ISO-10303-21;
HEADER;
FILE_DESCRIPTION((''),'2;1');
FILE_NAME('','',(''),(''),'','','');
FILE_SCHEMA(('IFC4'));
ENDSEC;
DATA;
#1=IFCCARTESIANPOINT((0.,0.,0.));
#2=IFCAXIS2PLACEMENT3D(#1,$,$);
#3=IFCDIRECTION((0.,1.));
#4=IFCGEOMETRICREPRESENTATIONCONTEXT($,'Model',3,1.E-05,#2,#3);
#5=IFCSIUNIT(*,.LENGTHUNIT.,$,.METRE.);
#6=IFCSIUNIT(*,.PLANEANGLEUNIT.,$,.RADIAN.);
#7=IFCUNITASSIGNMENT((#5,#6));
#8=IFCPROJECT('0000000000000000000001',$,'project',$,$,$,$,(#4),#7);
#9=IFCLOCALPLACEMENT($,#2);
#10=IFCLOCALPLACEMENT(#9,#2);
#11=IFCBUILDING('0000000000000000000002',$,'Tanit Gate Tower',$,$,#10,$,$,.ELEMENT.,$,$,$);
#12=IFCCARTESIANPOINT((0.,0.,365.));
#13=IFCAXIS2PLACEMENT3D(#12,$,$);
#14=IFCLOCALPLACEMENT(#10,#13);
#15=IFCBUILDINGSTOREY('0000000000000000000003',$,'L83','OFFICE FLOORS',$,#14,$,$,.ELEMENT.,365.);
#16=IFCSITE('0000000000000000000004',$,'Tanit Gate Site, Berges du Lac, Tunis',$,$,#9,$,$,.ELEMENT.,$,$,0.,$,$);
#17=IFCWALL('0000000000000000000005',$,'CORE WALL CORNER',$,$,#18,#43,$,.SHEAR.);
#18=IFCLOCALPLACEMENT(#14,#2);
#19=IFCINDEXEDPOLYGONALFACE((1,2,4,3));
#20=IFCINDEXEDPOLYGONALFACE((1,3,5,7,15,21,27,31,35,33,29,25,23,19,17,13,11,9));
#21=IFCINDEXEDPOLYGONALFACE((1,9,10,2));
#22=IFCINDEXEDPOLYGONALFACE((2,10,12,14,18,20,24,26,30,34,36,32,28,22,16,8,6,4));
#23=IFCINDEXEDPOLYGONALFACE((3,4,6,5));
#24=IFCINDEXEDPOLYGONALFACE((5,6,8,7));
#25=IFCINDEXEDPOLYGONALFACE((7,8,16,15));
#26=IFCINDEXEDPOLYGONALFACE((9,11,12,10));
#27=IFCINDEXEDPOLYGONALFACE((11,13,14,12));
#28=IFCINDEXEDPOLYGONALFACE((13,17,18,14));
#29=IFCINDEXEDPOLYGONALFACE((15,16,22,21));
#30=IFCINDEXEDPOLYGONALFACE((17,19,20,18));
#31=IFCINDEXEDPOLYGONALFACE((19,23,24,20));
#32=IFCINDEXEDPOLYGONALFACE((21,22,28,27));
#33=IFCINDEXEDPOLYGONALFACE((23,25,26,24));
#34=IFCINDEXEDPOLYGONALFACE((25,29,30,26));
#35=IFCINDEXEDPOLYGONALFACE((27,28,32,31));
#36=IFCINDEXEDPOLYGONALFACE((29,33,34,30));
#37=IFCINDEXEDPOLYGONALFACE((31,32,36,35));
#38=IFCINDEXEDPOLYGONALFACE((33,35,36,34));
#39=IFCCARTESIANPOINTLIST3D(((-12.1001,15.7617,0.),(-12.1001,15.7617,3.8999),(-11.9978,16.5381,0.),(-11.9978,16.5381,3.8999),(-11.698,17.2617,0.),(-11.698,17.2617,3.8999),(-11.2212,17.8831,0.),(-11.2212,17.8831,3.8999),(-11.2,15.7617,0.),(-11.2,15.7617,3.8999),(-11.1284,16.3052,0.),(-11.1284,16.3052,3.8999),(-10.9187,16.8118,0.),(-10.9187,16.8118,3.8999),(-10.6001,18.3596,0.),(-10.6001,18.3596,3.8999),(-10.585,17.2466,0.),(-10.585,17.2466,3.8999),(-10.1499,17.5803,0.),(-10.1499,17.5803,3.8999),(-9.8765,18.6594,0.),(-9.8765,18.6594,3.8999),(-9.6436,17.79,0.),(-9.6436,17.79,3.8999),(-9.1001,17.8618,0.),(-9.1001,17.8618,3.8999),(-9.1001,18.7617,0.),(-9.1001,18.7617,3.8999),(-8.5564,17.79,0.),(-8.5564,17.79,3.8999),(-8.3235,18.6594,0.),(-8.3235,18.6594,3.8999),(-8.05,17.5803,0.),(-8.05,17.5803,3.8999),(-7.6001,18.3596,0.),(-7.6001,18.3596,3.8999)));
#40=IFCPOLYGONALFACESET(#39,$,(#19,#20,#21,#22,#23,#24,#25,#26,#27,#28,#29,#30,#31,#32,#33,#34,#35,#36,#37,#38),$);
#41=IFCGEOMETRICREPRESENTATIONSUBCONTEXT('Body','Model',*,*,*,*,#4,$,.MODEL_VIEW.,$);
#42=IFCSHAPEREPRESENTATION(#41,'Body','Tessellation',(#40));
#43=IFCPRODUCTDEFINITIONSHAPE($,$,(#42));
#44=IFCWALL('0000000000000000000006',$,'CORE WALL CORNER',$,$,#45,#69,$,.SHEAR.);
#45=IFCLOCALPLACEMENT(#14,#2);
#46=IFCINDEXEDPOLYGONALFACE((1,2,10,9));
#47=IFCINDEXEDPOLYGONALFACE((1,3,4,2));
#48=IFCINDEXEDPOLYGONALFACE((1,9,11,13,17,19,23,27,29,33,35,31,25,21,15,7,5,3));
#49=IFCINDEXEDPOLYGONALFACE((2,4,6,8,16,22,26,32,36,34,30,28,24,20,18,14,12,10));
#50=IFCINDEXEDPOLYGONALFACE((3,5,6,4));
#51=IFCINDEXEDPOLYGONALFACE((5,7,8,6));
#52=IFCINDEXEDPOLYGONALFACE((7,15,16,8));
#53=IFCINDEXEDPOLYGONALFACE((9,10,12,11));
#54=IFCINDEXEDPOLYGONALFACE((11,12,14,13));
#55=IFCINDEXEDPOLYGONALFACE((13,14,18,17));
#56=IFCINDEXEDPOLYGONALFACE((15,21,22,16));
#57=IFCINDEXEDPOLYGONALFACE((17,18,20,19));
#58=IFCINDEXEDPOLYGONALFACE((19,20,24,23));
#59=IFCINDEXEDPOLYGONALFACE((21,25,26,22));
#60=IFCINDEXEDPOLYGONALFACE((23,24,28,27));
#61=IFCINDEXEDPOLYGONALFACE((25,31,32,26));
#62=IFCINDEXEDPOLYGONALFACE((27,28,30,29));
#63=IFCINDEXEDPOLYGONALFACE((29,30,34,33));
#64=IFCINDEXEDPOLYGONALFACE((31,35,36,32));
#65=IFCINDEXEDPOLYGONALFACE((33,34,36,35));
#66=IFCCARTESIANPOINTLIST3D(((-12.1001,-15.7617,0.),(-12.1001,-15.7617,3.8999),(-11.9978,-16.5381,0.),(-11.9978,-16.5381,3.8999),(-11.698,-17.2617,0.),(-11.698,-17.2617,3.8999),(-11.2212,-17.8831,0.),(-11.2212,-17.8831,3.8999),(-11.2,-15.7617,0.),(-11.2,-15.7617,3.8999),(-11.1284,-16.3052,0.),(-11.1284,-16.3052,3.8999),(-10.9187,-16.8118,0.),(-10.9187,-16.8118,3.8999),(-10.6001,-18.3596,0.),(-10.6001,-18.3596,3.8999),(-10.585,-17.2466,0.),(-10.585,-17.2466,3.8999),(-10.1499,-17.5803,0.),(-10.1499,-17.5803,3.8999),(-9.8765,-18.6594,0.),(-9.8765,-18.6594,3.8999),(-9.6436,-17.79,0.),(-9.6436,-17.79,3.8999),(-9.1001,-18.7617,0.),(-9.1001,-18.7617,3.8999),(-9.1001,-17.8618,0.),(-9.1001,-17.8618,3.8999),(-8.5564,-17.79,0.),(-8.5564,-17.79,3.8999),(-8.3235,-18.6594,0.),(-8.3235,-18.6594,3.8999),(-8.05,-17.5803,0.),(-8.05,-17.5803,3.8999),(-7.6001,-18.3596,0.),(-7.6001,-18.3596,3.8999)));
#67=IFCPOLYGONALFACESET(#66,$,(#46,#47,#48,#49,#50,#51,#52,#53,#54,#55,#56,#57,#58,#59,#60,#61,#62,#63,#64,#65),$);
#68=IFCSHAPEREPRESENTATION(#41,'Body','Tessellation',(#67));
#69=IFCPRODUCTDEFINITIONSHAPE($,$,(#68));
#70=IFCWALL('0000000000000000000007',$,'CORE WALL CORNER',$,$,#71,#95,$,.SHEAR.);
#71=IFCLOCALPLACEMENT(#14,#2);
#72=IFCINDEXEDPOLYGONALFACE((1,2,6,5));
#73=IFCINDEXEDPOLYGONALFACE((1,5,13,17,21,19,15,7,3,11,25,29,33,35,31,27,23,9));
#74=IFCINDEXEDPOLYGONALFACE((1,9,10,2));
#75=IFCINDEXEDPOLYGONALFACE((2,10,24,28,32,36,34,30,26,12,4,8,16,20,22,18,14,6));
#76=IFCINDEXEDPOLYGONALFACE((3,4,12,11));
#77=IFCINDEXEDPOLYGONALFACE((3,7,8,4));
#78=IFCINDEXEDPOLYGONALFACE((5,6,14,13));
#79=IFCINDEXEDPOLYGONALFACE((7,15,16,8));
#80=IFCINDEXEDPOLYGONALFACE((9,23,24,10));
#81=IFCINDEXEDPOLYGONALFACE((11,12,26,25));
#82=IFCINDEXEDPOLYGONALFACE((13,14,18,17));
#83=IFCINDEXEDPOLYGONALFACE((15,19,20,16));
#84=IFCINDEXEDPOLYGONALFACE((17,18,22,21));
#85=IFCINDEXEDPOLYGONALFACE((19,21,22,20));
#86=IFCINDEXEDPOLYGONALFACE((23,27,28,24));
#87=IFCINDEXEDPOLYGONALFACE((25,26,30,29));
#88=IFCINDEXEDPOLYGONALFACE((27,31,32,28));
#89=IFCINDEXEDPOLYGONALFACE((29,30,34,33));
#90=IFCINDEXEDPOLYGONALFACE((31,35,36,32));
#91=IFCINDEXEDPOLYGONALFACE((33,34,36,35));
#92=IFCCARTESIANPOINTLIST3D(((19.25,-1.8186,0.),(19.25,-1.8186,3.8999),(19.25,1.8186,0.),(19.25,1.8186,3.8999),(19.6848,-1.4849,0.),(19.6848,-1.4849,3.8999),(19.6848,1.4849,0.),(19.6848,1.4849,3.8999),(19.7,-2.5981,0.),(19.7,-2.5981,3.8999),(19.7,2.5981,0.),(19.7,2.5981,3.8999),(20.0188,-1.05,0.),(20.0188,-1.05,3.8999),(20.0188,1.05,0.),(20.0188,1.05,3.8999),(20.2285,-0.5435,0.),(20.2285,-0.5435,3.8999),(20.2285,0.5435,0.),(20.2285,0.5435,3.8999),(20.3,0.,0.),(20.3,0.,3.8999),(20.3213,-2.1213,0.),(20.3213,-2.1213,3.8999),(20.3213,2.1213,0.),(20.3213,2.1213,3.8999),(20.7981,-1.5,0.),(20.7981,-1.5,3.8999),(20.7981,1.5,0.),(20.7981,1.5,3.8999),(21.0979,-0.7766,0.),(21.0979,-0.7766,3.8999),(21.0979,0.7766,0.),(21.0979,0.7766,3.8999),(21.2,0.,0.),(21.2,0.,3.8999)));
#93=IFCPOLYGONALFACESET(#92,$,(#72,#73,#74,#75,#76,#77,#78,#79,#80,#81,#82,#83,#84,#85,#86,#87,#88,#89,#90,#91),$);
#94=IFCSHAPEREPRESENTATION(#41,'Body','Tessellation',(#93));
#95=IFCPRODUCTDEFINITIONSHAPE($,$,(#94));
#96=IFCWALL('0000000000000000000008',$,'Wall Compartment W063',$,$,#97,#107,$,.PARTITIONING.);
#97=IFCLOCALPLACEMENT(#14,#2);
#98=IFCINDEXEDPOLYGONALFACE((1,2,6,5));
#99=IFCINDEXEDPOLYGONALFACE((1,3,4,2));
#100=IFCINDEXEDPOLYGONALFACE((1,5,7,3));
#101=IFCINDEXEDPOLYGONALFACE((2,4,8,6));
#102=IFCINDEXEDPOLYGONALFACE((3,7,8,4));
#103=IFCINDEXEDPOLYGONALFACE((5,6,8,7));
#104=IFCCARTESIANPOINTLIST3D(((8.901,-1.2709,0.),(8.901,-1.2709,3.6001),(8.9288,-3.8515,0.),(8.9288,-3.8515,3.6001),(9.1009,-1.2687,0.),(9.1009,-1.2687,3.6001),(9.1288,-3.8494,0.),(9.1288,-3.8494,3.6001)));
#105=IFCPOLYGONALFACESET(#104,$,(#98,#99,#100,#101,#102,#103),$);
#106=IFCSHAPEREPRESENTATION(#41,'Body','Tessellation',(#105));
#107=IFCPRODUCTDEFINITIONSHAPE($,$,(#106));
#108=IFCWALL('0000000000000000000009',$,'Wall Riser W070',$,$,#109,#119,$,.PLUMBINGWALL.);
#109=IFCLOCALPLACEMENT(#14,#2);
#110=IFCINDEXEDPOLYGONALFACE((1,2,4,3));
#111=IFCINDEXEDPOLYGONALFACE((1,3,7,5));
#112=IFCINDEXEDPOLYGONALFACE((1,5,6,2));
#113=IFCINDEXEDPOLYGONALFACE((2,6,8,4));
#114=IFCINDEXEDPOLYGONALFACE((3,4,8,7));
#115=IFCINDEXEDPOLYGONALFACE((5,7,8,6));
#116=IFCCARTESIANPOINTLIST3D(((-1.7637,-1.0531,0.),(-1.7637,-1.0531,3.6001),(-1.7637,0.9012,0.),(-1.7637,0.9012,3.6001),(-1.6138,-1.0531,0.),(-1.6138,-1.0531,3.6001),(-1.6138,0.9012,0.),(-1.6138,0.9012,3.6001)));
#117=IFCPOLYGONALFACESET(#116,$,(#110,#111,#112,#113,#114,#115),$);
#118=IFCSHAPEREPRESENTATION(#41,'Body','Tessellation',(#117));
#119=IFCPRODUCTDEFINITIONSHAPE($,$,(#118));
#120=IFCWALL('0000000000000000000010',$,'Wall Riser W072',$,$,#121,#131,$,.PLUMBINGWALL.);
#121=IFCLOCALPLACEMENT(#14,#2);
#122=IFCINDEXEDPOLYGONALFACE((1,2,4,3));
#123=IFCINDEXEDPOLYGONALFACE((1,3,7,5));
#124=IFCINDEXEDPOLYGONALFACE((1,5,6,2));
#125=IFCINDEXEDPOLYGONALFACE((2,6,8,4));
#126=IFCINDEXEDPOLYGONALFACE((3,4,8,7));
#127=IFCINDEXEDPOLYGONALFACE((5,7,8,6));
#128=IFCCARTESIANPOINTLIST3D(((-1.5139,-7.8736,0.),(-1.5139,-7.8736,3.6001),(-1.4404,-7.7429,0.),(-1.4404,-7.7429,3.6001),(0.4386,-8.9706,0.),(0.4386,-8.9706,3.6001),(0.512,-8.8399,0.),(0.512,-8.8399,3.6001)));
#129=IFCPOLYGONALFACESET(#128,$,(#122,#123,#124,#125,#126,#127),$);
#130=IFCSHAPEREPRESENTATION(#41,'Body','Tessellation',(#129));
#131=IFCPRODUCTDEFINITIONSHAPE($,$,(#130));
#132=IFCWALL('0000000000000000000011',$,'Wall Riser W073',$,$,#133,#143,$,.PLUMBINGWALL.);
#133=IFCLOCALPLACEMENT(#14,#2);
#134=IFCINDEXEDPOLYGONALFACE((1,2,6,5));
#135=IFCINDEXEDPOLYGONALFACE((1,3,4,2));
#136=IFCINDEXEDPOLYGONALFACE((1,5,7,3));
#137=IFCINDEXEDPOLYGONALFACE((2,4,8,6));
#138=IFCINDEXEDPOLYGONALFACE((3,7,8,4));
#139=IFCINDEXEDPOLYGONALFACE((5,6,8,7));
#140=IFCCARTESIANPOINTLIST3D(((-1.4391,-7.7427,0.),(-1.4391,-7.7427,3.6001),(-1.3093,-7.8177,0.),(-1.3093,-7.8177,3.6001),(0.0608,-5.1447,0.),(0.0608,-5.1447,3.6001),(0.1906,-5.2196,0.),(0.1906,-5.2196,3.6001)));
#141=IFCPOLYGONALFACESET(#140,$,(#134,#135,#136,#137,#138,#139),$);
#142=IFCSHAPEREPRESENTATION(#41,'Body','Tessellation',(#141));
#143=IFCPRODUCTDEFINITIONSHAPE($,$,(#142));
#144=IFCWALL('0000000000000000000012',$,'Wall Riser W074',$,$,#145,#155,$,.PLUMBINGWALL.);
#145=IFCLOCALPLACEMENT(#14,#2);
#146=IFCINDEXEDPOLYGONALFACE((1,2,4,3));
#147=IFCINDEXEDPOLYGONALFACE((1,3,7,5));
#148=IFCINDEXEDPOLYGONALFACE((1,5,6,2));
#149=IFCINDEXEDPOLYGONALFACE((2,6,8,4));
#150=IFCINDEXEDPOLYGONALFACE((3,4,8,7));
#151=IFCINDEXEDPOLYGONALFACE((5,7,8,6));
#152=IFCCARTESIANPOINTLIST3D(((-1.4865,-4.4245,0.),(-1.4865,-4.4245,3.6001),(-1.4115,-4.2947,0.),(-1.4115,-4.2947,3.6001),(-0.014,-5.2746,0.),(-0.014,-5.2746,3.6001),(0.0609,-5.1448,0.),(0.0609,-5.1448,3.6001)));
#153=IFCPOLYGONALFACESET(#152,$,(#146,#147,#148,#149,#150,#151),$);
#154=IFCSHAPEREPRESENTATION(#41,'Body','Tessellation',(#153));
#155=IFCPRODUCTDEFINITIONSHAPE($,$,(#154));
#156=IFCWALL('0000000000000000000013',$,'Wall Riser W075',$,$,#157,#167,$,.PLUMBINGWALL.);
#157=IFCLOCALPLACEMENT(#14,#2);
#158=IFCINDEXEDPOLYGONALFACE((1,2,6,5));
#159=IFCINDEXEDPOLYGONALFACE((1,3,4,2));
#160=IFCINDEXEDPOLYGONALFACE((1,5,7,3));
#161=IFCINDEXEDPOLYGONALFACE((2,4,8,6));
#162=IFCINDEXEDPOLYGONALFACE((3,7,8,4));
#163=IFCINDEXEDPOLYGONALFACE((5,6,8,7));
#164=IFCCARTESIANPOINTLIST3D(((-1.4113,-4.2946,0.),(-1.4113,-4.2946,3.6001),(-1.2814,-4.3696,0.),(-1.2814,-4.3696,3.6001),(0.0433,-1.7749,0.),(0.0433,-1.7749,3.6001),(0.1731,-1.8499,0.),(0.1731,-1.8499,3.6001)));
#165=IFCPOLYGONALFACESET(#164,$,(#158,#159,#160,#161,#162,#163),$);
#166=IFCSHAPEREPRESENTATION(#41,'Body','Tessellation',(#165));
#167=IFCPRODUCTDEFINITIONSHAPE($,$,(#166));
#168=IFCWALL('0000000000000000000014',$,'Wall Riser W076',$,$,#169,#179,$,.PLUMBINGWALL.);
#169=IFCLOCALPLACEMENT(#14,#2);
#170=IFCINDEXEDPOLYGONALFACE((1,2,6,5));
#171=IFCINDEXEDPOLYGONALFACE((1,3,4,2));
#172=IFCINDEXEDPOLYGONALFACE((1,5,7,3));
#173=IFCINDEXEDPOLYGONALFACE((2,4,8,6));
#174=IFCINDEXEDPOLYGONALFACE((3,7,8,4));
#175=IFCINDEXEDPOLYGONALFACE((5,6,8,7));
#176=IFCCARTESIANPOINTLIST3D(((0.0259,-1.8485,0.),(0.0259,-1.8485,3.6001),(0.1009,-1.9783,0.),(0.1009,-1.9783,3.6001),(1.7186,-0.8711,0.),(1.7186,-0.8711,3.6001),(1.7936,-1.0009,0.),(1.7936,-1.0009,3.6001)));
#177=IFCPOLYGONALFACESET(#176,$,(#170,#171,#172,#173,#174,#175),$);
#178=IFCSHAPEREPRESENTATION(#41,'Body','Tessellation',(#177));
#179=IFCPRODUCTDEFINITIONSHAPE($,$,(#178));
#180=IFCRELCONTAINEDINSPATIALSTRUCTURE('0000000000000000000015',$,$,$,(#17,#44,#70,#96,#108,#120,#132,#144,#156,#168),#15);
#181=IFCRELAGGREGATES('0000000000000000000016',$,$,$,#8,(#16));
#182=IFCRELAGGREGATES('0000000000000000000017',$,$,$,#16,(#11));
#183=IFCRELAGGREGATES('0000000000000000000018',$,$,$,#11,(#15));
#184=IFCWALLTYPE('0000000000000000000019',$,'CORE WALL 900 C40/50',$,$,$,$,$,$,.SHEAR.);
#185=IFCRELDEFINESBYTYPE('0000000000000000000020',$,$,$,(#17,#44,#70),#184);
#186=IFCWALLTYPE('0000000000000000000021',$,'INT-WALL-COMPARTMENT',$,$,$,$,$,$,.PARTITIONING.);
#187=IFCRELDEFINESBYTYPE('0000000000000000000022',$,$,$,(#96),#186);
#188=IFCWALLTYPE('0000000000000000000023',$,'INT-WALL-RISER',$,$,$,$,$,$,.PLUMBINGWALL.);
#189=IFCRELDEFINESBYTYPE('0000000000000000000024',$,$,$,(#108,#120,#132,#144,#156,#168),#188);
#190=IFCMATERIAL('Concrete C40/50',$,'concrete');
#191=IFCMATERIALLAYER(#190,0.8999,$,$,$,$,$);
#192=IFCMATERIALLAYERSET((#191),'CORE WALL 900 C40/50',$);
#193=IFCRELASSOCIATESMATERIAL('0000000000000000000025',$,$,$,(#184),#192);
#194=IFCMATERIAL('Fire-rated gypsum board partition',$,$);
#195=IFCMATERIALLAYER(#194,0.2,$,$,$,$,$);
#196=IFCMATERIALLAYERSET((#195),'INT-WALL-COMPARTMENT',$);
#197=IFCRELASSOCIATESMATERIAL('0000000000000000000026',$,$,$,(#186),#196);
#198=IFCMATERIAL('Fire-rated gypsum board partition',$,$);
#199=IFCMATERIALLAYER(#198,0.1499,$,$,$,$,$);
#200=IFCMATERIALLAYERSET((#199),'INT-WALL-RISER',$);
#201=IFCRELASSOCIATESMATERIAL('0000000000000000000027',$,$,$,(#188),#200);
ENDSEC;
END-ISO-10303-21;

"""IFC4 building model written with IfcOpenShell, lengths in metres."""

from ifc_helpers import new_model, si_unit, direction, frame, frame_2d, origin, place, context, subcontext, project, spatial, polyline, rectangle, outline, extrude, material, layer, layer_set, type_object, element, save


model = new_model("IFC4")

# Units and contexts
model_context = context("Model", 3, precision=1e-05, world=origin(), true_north=direction((0.0, 1.0)))
body_context = subcontext(model_context, "Body", "Model", "MODEL_VIEW")
ifc_project = project(units=[si_unit("LENGTHUNIT", "METRE"), si_unit("PLANEANGLEUNIT", "RADIAN")], contexts=[model_context])

# Site, building, storey
site_placement = place(None, origin())
site = spatial("IfcSite", under=ifc_project, at=site_placement, Name="Tanit Gate Site, Berges du Lac, Tunis", CompositionType="ELEMENT", RefElevation=0.0)
building_placement = place(site_placement, origin())
building = spatial("IfcBuilding", under=site, at=building_placement, Name="Tanit Gate Tower", CompositionType="ELEMENT")
storey_placement = place(building_placement, frame((0.0, 0.0, 365.0)))
storey = spatial("IfcBuildingStorey", under=building, at=storey_placement, Name="L83", Description="OFFICE FLOORS", CompositionType="ELEMENT", Elevation=365.0)

# Walls
ifc_material_1 = material(Name="Concrete C40/50", Category="concrete")
ifc_layer_1 = layer(ifc_material_1, 0.8999)
ifc_layer_set_1 = layer_set([ifc_layer_1], Name="CORE WALL 900 C40/50")
wall_type_1 = type_object("IfcWallType", Name="CORE WALL 900 C40/50", PredefinedType="SHEAR", material=ifc_layer_set_1)
wall_1_placement = place(storey_placement, origin())
element("IfcWall", 1, at=wall_1_placement, inside=storey, type_object=wall_type_1, Name="CORE WALL CORNER", PredefinedType="SHEAR", context=body_context, shape_type="SweptSolid", body=[
    extrude(outline(polyline([(-7.6001, 18.3596), (-8.3235, 18.6594), (-9.1001, 18.7617), (-9.8765, 18.6594), (-10.6001, 18.3596), (-11.2212, 17.8831), (-11.698, 17.2617), (-11.9978, 16.5381), (-12.1001, 15.7617), (-11.2, 15.7617), (-11.1284, 16.3052), (-10.9187, 16.8118), (-10.585, 17.2466), (-10.1499, 17.5803), (-9.6436, 17.79), (-9.1001, 17.8618), (-8.5564, 17.79), (-8.05, 17.5803), (-7.6001, 18.3596)])), origin(), (0.0, 0.0, 1.0), 3.8999),
])
wall_2_placement = place(storey_placement, origin())
element("IfcWall", 2, at=wall_2_placement, inside=storey, type_object=wall_type_1, Name="CORE WALL CORNER", PredefinedType="SHEAR", context=body_context, shape_type="SweptSolid", body=[
    extrude(outline(polyline([(-12.1001, -15.7617), (-11.9978, -16.5381), (-11.698, -17.2617), (-11.2212, -17.8831), (-10.6001, -18.3596), (-9.8765, -18.6594), (-9.1001, -18.7617), (-8.3235, -18.6594), (-7.6001, -18.3596), (-8.05, -17.5803), (-8.5564, -17.79), (-9.1001, -17.8618), (-9.6436, -17.79), (-10.1499, -17.5803), (-10.585, -17.2466), (-10.9187, -16.8118), (-11.1284, -16.3052), (-11.2, -15.7617), (-12.1001, -15.7617)])), origin(), (0.0, 0.0, 1.0), 3.8999),
])
wall_3_placement = place(storey_placement, origin())
element("IfcWall", 3, at=wall_3_placement, inside=storey, type_object=wall_type_1, Name="CORE WALL CORNER", PredefinedType="SHEAR", context=body_context, shape_type="SweptSolid", body=[
    extrude(outline(polyline([(19.7, -2.5981), (20.3213, -2.1213), (20.7981, -1.5), (21.0979, -0.7766), (21.2, 0.0), (21.0979, 0.7766), (20.7981, 1.5), (20.3213, 2.1213), (19.7, 2.5981), (19.25, 1.8186), (19.6848, 1.4849), (20.0188, 1.05), (20.2285, 0.5435), (20.3, 0.0), (20.2285, -0.5435), (20.0188, -1.05), (19.6848, -1.4849), (19.25, -1.8186), (19.7, -2.5981)])), origin(), (0.0, 0.0, 1.0), 3.8999),
])
ifc_material_2 = material(Name="Fire-rated gypsum board partition")
ifc_layer_2 = layer(ifc_material_2, 0.2)
ifc_layer_set_2 = layer_set([ifc_layer_2], Name="INT-WALL-COMPARTMENT")
wall_type_2 = type_object("IfcWallType", Name="INT-WALL-COMPARTMENT", PredefinedType="PARTITIONING", material=ifc_layer_set_2)
wall_4_placement = place(storey_placement, frame((9.0288, -3.8506, 0.0), z_axis=(0.0, 0.0, 1.0), x_axis=(-0.010785, 0.999942, 0.0)))
element("IfcWall", 4, at=wall_4_placement, inside=storey, type_object=wall_type_2, Name="Wall Compartment W063", PredefinedType="PARTITIONING", context=body_context, shape_type="SweptSolid", body=[
    extrude(rectangle(XDim=2.5808, YDim=0.2, at=frame_2d((1.2905, 0.0))), origin(), (0.0, 0.0, 1.0), 3.6001),
])
ifc_material_3 = material(Name="Fire-rated gypsum board partition")
ifc_layer_3 = layer(ifc_material_3, 0.1499)
ifc_layer_set_3 = layer_set([ifc_layer_3], Name="INT-WALL-RISER")
wall_type_3 = type_object("IfcWallType", Name="INT-WALL-RISER", PredefinedType="PLUMBINGWALL", material=ifc_layer_set_3)
wall_5_placement = place(storey_placement, frame((-1.6887, -1.053, 0.0), z_axis=(0.0, 0.0, 1.0), x_axis=(0.0, 1.0, 0.0)))
element("IfcWall", 5, at=wall_5_placement, inside=storey, type_object=wall_type_3, Name="Wall Riser W070", PredefinedType="PLUMBINGWALL", context=body_context, shape_type="SweptSolid", body=[
    extrude(rectangle(XDim=1.9543, YDim=0.1499, at=frame_2d((0.9771, 0.0))), origin(), (0.0, 0.0, 1.0), 3.6001),
])
wall_6_placement = place(storey_placement, frame((-1.4771, -7.8083, 0.0), z_axis=(0.0, 0.0, 1.0), x_axis=(0.871823, -0.489821, 0.0)))
element("IfcWall", 6, at=wall_6_placement, inside=storey, type_object=wall_type_3, Name="Wall Riser W072", PredefinedType="PLUMBINGWALL", context=body_context, shape_type="SweptSolid", body=[
    extrude(rectangle(XDim=2.2395, YDim=0.1499, at=frame_2d((1.1196, 0.0))), origin(), (0.0, 0.0, 1.0), 3.6001),
])
wall_7_placement = place(storey_placement, frame((0.1257, -5.1821, 0.0), z_axis=(0.0, 0.0, 1.0), x_axis=(-0.49999, -0.866031, 0.0)))
element("IfcWall", 7, at=wall_7_placement, inside=storey, type_object=wall_type_3, Name="Wall Riser W073", PredefinedType="PLUMBINGWALL", context=body_context, shape_type="SweptSolid", body=[
    extrude(rectangle(XDim=3.0, YDim=0.1499, at=frame_2d((1.5, 0.0))), origin(), (0.0, 0.0, 1.0), 3.6001),
])
wall_8_placement = place(storey_placement, frame((-1.449, -4.3596, 0.0), z_axis=(0.0, 0.0, 1.0), x_axis=(0.866025, -0.5, 0.0)))
element("IfcWall", 8, at=wall_8_placement, inside=storey, type_object=wall_type_3, Name="Wall Riser W074", PredefinedType="PLUMBINGWALL", context=body_context, shape_type="SweptSolid", body=[
    extrude(rectangle(XDim=1.7002, YDim=0.1499, at=frame_2d((0.8501, 0.0))), origin(), (0.0, 0.0, 1.0), 3.6001),
])
wall_9_placement = place(storey_placement, frame((0.1082, -1.8125, 0.0), z_axis=(0.0, 0.0, 1.0), x_axis=(-0.499948, -0.866056, 0.0)))
element("IfcWall", 9, at=wall_9_placement, inside=storey, type_object=wall_type_3, Name="Wall Riser W075", PredefinedType="PLUMBINGWALL", context=body_context, shape_type="SweptSolid", body=[
    extrude(rectangle(XDim=2.9094, YDim=0.1499, at=frame_2d((1.4546, 0.0))), origin(), (0.0, 0.0, 1.0), 3.6001),
])
wall_10_placement = place(storey_placement, frame((1.7561, -0.936, 0.0), z_axis=(0.0, 0.0, 1.0), x_axis=(-0.866013, -0.500022, 0.0)))
element("IfcWall", 10, at=wall_10_placement, inside=storey, type_object=wall_type_3, Name="Wall Riser W076", PredefinedType="PLUMBINGWALL", context=body_context, shape_type="SweptSolid", body=[
    extrude(rectangle(XDim=1.9546, YDim=0.1499, at=frame_2d((0.9773, 0.0))), origin(), (0.0, 0.0, 1.0), 3.6001),
])

save(model, "model.ifc")
